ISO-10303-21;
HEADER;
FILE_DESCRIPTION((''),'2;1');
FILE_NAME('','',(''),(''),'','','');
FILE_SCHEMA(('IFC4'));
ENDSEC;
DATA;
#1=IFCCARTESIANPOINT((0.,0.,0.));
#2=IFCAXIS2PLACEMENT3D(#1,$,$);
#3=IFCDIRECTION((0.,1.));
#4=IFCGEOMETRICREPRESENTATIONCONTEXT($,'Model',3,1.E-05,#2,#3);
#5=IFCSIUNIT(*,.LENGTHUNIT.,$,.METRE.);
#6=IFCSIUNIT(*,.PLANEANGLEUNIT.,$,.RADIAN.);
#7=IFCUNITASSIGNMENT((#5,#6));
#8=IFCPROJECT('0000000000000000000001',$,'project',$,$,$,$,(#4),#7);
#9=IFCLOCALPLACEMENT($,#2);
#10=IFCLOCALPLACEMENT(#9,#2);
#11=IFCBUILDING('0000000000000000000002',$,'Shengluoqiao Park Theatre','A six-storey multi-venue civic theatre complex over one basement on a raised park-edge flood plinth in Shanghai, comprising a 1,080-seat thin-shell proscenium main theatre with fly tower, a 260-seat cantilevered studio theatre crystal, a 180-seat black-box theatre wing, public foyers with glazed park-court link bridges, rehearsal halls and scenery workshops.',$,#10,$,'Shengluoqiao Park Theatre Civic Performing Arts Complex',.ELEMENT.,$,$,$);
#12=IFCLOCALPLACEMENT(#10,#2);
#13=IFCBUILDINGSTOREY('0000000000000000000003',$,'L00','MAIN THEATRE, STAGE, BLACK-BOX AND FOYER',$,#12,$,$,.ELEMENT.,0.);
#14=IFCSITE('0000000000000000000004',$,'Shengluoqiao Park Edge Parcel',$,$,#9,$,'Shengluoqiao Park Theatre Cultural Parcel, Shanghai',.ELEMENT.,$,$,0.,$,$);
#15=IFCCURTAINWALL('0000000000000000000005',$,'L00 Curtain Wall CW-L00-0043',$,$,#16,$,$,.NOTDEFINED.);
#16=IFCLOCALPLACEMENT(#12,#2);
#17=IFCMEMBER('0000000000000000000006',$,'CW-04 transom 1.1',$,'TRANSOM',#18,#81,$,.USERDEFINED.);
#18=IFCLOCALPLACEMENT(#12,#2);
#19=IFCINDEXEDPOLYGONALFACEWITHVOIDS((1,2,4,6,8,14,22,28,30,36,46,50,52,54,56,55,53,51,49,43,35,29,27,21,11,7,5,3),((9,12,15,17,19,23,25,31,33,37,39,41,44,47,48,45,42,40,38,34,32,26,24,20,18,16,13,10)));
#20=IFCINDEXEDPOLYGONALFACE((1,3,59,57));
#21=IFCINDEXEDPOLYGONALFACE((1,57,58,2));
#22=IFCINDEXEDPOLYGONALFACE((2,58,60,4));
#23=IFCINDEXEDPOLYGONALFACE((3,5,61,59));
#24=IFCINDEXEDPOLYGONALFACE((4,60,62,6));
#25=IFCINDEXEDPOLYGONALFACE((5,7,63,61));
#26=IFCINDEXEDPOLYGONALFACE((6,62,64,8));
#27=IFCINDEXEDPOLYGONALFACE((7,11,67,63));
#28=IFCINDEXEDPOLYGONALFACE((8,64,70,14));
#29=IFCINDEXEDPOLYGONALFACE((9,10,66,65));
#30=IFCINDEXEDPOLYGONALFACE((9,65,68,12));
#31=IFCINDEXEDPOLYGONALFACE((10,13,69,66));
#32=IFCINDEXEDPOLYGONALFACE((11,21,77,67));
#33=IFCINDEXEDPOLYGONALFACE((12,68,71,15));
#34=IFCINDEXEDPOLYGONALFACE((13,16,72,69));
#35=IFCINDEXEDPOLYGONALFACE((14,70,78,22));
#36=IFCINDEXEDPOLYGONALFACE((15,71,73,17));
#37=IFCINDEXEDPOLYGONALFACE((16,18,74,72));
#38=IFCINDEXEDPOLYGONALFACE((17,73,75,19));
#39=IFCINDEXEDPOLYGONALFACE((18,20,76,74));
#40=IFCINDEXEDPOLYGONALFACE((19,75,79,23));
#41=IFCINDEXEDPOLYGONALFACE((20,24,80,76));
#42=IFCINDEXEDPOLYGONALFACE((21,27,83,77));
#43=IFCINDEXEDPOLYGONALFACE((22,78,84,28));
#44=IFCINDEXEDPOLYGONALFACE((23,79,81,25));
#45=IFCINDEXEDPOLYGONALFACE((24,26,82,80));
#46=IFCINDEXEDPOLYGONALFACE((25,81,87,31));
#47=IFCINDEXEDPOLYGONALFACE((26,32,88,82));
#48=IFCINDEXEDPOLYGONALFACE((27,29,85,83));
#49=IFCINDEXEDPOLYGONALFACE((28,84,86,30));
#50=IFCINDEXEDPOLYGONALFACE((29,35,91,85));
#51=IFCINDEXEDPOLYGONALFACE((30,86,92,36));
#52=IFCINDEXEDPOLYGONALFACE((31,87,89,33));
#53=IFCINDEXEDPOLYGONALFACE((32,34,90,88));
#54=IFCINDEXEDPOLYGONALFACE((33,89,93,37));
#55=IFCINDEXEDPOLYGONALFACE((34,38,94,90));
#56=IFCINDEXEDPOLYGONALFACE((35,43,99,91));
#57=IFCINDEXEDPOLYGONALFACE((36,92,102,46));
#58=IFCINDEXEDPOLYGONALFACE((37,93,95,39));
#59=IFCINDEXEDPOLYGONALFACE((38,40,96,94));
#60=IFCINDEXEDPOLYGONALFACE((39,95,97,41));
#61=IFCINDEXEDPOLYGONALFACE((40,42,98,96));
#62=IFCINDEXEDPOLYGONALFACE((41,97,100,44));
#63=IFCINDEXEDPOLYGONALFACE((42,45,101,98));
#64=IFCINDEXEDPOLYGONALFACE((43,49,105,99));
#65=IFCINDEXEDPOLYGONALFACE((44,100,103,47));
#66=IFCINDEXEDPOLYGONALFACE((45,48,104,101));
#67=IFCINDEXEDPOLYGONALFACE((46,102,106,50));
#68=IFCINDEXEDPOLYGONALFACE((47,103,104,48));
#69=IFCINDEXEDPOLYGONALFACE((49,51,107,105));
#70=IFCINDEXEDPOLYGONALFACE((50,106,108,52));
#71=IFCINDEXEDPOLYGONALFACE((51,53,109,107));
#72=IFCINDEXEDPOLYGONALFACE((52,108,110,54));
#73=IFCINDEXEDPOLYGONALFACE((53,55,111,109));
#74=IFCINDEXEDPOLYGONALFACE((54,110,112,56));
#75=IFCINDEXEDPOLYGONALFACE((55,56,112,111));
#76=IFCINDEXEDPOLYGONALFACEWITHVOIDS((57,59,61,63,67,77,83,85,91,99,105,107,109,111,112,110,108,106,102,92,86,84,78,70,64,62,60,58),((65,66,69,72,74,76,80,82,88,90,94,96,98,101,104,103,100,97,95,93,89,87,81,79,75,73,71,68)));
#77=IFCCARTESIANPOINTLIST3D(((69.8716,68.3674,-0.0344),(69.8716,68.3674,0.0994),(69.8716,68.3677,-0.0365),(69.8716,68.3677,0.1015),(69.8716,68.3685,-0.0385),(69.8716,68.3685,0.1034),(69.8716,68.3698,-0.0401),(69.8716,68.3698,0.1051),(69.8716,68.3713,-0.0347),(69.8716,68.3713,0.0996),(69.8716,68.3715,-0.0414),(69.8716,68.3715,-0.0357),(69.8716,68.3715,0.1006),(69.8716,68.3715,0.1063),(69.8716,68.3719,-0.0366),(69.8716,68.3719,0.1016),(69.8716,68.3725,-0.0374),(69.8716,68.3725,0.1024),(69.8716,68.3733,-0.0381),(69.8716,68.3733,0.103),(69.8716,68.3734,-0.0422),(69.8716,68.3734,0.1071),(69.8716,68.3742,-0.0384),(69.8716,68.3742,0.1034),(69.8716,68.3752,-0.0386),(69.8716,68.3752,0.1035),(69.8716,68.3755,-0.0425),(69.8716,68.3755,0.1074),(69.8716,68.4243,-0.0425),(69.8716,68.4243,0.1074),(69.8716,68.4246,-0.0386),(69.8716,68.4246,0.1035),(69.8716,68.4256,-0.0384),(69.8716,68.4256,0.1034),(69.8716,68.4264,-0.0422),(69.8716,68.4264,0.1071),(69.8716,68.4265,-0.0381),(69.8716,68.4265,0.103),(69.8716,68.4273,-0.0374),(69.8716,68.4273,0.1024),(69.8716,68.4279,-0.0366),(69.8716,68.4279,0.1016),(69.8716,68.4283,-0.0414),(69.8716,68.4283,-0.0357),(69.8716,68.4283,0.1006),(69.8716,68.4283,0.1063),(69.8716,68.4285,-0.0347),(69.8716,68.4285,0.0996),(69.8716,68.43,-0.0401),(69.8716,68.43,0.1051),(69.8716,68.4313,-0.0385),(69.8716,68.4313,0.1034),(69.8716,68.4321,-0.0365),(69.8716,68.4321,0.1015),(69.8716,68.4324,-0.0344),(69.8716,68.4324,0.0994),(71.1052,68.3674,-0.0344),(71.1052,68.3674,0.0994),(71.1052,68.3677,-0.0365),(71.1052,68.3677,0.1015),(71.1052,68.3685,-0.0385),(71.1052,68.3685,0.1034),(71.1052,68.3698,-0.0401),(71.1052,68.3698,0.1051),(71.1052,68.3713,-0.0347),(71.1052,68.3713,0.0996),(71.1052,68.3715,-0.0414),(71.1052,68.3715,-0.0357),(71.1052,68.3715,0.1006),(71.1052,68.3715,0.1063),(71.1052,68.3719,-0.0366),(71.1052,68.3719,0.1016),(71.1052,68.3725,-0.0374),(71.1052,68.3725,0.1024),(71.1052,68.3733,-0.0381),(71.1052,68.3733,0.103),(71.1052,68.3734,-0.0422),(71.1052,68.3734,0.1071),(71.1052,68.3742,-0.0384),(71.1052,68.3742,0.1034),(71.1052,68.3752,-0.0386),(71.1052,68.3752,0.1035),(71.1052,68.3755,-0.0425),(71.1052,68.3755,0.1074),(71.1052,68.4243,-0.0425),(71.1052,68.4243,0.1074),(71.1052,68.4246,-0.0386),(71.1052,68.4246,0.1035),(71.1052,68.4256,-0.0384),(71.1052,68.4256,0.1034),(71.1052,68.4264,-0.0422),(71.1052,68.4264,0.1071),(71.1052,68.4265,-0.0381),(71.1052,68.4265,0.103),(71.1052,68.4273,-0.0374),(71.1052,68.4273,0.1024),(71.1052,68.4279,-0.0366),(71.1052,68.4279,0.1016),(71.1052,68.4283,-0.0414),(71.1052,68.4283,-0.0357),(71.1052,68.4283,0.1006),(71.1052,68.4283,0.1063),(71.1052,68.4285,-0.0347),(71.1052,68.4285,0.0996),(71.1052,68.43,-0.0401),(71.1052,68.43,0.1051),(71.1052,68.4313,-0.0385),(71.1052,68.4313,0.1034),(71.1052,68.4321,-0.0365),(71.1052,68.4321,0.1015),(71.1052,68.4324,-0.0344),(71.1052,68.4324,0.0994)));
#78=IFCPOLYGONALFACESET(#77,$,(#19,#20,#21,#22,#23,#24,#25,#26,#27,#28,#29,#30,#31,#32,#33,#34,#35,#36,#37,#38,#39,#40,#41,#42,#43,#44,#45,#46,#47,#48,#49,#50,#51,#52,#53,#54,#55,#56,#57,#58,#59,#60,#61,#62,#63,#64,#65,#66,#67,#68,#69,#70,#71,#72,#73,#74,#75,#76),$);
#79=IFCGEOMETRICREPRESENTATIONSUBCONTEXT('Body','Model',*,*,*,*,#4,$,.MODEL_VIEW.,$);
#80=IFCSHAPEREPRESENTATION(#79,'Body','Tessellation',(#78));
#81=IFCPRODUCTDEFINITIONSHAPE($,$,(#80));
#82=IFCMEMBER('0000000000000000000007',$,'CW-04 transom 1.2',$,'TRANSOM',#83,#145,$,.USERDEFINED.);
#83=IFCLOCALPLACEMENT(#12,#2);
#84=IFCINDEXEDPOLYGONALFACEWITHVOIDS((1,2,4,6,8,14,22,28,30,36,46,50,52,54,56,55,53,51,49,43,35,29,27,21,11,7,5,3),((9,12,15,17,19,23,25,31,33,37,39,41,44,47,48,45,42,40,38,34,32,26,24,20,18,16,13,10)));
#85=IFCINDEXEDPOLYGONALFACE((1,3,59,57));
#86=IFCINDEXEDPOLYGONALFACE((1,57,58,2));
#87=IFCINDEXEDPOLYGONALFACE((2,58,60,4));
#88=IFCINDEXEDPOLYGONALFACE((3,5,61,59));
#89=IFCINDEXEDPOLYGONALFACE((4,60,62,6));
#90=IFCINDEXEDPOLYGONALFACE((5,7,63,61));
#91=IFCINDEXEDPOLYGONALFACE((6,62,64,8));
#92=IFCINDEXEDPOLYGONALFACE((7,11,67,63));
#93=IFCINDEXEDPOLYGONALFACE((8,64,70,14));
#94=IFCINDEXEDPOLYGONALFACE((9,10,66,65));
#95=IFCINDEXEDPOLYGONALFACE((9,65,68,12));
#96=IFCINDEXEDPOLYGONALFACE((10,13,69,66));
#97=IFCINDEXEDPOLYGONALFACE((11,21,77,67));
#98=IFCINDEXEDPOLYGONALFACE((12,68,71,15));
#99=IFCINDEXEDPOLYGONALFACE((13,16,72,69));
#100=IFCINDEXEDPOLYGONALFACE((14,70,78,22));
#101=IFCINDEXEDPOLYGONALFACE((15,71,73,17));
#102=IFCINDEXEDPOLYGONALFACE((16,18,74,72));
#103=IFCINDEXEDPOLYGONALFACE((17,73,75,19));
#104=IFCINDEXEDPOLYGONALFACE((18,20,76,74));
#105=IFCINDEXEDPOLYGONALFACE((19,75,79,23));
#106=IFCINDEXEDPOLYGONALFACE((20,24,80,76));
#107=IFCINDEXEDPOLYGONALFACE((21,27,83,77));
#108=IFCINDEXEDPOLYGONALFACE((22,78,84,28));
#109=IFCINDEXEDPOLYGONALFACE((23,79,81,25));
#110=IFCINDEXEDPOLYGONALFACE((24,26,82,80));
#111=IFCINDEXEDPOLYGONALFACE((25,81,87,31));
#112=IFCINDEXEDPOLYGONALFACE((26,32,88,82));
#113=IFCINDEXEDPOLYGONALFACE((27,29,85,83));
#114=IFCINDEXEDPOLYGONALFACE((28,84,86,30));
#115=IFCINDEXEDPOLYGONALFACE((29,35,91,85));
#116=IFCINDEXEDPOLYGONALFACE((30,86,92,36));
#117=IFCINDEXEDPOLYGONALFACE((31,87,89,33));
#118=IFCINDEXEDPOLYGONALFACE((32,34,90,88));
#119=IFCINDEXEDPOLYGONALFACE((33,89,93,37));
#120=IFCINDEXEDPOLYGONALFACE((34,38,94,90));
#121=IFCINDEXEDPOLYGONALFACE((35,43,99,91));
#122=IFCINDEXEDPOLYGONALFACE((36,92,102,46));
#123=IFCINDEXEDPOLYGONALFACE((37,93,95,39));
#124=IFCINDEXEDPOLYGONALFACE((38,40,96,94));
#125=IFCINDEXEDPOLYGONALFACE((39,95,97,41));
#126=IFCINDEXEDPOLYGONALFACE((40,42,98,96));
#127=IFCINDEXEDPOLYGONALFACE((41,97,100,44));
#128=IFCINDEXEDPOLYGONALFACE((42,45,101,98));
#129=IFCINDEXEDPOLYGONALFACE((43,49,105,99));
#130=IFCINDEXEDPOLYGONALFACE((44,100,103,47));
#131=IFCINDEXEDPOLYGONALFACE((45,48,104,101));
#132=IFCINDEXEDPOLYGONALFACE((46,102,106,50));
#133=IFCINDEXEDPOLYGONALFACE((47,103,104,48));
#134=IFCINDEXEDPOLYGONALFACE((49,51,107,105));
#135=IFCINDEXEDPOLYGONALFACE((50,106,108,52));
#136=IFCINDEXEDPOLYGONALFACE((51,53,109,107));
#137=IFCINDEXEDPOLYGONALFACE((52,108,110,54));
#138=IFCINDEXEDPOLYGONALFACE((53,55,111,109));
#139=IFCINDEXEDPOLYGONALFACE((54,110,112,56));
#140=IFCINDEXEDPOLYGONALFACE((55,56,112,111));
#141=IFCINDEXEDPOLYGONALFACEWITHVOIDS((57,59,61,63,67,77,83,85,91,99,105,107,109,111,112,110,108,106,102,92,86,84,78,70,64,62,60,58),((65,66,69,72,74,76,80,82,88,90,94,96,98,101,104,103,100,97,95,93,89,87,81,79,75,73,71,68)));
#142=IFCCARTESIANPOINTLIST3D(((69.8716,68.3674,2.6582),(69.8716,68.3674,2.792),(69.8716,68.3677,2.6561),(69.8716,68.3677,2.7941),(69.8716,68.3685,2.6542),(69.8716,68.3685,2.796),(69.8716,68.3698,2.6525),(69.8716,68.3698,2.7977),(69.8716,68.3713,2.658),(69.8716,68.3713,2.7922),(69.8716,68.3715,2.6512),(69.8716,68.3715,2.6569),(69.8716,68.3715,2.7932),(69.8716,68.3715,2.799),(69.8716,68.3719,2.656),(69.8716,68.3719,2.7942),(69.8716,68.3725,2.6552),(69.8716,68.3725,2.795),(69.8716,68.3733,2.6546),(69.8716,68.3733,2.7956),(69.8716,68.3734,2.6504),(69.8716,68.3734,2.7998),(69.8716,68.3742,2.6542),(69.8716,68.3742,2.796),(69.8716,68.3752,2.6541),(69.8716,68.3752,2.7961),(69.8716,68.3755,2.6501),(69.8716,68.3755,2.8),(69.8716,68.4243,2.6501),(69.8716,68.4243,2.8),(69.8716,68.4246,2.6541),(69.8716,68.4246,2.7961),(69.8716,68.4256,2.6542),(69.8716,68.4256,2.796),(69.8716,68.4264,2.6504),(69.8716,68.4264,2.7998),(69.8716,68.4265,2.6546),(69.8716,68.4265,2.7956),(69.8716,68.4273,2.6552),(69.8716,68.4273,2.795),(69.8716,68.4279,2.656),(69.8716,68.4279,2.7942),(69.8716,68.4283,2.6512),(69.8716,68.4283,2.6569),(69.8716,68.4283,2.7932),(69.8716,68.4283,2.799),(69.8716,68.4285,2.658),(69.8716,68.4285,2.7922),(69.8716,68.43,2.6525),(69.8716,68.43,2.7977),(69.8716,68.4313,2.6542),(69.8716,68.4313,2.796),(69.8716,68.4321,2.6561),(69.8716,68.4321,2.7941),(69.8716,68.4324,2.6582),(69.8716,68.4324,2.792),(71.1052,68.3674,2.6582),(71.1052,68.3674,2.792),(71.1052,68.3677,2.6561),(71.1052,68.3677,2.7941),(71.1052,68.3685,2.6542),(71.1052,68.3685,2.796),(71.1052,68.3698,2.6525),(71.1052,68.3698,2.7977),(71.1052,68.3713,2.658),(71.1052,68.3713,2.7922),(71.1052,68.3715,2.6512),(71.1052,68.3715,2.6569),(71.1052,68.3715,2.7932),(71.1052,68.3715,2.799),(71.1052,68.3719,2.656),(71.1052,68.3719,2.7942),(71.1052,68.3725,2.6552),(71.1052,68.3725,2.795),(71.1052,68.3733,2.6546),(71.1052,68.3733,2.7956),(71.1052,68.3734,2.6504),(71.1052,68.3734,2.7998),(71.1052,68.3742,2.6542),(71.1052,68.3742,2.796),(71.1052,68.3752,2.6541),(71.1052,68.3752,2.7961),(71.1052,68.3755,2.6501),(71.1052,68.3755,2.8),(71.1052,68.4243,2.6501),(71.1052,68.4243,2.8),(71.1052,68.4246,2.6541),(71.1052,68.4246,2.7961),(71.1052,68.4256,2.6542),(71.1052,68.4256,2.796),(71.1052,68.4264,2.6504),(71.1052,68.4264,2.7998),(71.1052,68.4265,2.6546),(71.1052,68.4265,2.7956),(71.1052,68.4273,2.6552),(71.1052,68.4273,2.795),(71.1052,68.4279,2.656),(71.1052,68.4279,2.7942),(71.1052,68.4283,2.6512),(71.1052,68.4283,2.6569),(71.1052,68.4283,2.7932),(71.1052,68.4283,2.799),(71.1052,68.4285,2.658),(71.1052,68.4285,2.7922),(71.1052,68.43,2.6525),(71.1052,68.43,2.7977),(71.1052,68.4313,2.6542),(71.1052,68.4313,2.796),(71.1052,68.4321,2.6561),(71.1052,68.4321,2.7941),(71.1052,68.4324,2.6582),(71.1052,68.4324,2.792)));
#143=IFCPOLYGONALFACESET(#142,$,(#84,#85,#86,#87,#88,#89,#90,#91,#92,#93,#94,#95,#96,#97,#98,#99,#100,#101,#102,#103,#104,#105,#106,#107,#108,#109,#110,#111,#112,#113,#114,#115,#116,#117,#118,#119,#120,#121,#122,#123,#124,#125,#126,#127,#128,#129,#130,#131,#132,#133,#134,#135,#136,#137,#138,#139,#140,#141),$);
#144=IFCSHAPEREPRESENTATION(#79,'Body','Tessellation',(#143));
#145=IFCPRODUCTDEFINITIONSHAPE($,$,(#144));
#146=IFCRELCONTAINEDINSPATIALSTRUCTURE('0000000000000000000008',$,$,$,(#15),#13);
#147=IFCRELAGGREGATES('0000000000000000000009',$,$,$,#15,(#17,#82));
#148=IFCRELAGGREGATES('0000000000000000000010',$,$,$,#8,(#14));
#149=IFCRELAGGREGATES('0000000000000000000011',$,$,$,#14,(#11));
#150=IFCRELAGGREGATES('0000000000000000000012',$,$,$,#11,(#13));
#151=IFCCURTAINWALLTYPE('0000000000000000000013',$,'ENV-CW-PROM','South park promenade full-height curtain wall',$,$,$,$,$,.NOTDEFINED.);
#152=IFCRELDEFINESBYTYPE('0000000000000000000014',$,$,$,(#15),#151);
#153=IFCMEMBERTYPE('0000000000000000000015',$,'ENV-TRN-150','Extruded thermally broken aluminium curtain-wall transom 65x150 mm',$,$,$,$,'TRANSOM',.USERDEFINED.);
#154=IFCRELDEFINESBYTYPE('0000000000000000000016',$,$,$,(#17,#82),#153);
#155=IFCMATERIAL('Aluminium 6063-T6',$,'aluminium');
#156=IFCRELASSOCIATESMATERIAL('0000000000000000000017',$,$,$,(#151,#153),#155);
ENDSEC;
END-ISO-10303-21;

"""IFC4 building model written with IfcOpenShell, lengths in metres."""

from ifc_helpers import new_model, si_unit, direction, frame, origin, origin_2d, place, context, subcontext, project, spatial, hollow_rectangle, extrude, material, material_profile, profile_set, type_object, element, aggregate, save


model = new_model("IFC4")

# Units and contexts
model_context = context("Model", 3, precision=1e-05, world=origin(), true_north=direction((0.0, 1.0)))
body_context = subcontext(model_context, "Body", "Model", "MODEL_VIEW")
ifc_project = project(units=[si_unit("LENGTHUNIT", "METRE"), si_unit("PLANEANGLEUNIT", "RADIAN")], contexts=[model_context])

# Site, building, storey
site_placement = place(None, origin())
site = spatial("IfcSite", under=ifc_project, at=site_placement, Name="Shengluoqiao Park Edge Parcel", LongName="Shengluoqiao Park Theatre Cultural Parcel, Shanghai", CompositionType="ELEMENT", RefElevation=0.0)
building_placement = place(site_placement, origin())
building = spatial("IfcBuilding", under=site, at=building_placement, Name="Shengluoqiao Park Theatre", Description="A six-storey multi-venue civic theatre complex over one basement on a raised park-edge flood plinth in Shanghai, comprising a 1,080-seat thin-shell proscenium main theatre with fly tower, a 260-seat cantilevered studio theatre crystal, a 180-seat black-box theatre wing, public foyers with glazed park-court link bridges, rehearsal halls and scenery workshops.", LongName="Shengluoqiao Park Theatre Civic Performing Arts Complex", CompositionType="ELEMENT")
storey_placement = place(building_placement, origin())
storey = spatial("IfcBuildingStorey", under=building, at=storey_placement, Name="L00", Description="MAIN THEATRE, STAGE, BLACK-BOX AND FOYER", CompositionType="ELEMENT", Elevation=0.0)

# Shared definitions
ifc_material_1 = material(Name="Aluminium 6063-T6", Category="aluminium")
curtain_wall_type = type_object("IfcCurtainWallType", Name="ENV-CW-PROM", Description="South park promenade full-height curtain wall", PredefinedType="NOTDEFINED", material=ifc_material_1)

# Curtain wall
curtain_wall_1_placement = place(storey_placement, origin())
curtain_wall_1 = element("IfcCurtainWall", 1, at=curtain_wall_1_placement, inside=storey, type_object=curtain_wall_type, Name="L00 Curtain Wall CW-L00-0043", PredefinedType="NOTDEFINED")

# Members
ifc_material_profile_1 = material_profile(ifc_material_1, hollow_rectangle(XDim=0.0649, YDim=0.1499, WallThickness=0.0039, InnerFilletRadius=0.0039, OuterFilletRadius=0.0081, at=origin_2d()), Name="ALU TRANSOM 150x65x4")
ifc_profile_set_1 = profile_set([ifc_material_profile_1], Name="Aluminium 6063-T6")
member_type_1 = type_object("IfcMemberType", Name="ENV-TRN-150", Description="Extruded thermally broken aluminium curtain-wall transom 65x150 mm", ElementType="TRANSOM", PredefinedType="USERDEFINED", material=ifc_profile_set_1)
member_1_placement = place(storey_placement, frame((69.8716, 68.3999, 0.0325), z_axis=(1.0, 0.0, 0.0), x_axis=(0.0, 1.0, 0.0)))
member_1 = element("IfcMember", 2, at=member_1_placement, type_object=member_type_1, Name="CW-04 transom 1.1", ObjectType="TRANSOM", PredefinedType="USERDEFINED", context=body_context, shape_type="SweptSolid", body=[
    extrude(hollow_rectangle(XDim=0.0649, YDim=0.1499, WallThickness=0.0039, InnerFilletRadius=0.0039, OuterFilletRadius=0.0081, at=origin_2d()), origin(), (0.0, 0.0, 1.0), 1.2336),
])
member_2_placement = place(storey_placement, frame((69.8716, 68.3999, 2.7251), z_axis=(1.0, 0.0, 0.0), x_axis=(0.0, 1.0, 0.0)))
member_2 = element("IfcMember", 3, at=member_2_placement, type_object=member_type_1, Name="CW-04 transom 1.2", ObjectType="TRANSOM", PredefinedType="USERDEFINED", context=body_context, shape_type="SweptSolid", body=[
    extrude(hollow_rectangle(XDim=0.0649, YDim=0.1499, WallThickness=0.0039, InnerFilletRadius=0.0039, OuterFilletRadius=0.0081, at=origin_2d()), origin(), (0.0, 0.0, 1.0), 1.2336),
])

aggregate(curtain_wall_1, [member_1, member_2])

save(model, "model.ifc")
